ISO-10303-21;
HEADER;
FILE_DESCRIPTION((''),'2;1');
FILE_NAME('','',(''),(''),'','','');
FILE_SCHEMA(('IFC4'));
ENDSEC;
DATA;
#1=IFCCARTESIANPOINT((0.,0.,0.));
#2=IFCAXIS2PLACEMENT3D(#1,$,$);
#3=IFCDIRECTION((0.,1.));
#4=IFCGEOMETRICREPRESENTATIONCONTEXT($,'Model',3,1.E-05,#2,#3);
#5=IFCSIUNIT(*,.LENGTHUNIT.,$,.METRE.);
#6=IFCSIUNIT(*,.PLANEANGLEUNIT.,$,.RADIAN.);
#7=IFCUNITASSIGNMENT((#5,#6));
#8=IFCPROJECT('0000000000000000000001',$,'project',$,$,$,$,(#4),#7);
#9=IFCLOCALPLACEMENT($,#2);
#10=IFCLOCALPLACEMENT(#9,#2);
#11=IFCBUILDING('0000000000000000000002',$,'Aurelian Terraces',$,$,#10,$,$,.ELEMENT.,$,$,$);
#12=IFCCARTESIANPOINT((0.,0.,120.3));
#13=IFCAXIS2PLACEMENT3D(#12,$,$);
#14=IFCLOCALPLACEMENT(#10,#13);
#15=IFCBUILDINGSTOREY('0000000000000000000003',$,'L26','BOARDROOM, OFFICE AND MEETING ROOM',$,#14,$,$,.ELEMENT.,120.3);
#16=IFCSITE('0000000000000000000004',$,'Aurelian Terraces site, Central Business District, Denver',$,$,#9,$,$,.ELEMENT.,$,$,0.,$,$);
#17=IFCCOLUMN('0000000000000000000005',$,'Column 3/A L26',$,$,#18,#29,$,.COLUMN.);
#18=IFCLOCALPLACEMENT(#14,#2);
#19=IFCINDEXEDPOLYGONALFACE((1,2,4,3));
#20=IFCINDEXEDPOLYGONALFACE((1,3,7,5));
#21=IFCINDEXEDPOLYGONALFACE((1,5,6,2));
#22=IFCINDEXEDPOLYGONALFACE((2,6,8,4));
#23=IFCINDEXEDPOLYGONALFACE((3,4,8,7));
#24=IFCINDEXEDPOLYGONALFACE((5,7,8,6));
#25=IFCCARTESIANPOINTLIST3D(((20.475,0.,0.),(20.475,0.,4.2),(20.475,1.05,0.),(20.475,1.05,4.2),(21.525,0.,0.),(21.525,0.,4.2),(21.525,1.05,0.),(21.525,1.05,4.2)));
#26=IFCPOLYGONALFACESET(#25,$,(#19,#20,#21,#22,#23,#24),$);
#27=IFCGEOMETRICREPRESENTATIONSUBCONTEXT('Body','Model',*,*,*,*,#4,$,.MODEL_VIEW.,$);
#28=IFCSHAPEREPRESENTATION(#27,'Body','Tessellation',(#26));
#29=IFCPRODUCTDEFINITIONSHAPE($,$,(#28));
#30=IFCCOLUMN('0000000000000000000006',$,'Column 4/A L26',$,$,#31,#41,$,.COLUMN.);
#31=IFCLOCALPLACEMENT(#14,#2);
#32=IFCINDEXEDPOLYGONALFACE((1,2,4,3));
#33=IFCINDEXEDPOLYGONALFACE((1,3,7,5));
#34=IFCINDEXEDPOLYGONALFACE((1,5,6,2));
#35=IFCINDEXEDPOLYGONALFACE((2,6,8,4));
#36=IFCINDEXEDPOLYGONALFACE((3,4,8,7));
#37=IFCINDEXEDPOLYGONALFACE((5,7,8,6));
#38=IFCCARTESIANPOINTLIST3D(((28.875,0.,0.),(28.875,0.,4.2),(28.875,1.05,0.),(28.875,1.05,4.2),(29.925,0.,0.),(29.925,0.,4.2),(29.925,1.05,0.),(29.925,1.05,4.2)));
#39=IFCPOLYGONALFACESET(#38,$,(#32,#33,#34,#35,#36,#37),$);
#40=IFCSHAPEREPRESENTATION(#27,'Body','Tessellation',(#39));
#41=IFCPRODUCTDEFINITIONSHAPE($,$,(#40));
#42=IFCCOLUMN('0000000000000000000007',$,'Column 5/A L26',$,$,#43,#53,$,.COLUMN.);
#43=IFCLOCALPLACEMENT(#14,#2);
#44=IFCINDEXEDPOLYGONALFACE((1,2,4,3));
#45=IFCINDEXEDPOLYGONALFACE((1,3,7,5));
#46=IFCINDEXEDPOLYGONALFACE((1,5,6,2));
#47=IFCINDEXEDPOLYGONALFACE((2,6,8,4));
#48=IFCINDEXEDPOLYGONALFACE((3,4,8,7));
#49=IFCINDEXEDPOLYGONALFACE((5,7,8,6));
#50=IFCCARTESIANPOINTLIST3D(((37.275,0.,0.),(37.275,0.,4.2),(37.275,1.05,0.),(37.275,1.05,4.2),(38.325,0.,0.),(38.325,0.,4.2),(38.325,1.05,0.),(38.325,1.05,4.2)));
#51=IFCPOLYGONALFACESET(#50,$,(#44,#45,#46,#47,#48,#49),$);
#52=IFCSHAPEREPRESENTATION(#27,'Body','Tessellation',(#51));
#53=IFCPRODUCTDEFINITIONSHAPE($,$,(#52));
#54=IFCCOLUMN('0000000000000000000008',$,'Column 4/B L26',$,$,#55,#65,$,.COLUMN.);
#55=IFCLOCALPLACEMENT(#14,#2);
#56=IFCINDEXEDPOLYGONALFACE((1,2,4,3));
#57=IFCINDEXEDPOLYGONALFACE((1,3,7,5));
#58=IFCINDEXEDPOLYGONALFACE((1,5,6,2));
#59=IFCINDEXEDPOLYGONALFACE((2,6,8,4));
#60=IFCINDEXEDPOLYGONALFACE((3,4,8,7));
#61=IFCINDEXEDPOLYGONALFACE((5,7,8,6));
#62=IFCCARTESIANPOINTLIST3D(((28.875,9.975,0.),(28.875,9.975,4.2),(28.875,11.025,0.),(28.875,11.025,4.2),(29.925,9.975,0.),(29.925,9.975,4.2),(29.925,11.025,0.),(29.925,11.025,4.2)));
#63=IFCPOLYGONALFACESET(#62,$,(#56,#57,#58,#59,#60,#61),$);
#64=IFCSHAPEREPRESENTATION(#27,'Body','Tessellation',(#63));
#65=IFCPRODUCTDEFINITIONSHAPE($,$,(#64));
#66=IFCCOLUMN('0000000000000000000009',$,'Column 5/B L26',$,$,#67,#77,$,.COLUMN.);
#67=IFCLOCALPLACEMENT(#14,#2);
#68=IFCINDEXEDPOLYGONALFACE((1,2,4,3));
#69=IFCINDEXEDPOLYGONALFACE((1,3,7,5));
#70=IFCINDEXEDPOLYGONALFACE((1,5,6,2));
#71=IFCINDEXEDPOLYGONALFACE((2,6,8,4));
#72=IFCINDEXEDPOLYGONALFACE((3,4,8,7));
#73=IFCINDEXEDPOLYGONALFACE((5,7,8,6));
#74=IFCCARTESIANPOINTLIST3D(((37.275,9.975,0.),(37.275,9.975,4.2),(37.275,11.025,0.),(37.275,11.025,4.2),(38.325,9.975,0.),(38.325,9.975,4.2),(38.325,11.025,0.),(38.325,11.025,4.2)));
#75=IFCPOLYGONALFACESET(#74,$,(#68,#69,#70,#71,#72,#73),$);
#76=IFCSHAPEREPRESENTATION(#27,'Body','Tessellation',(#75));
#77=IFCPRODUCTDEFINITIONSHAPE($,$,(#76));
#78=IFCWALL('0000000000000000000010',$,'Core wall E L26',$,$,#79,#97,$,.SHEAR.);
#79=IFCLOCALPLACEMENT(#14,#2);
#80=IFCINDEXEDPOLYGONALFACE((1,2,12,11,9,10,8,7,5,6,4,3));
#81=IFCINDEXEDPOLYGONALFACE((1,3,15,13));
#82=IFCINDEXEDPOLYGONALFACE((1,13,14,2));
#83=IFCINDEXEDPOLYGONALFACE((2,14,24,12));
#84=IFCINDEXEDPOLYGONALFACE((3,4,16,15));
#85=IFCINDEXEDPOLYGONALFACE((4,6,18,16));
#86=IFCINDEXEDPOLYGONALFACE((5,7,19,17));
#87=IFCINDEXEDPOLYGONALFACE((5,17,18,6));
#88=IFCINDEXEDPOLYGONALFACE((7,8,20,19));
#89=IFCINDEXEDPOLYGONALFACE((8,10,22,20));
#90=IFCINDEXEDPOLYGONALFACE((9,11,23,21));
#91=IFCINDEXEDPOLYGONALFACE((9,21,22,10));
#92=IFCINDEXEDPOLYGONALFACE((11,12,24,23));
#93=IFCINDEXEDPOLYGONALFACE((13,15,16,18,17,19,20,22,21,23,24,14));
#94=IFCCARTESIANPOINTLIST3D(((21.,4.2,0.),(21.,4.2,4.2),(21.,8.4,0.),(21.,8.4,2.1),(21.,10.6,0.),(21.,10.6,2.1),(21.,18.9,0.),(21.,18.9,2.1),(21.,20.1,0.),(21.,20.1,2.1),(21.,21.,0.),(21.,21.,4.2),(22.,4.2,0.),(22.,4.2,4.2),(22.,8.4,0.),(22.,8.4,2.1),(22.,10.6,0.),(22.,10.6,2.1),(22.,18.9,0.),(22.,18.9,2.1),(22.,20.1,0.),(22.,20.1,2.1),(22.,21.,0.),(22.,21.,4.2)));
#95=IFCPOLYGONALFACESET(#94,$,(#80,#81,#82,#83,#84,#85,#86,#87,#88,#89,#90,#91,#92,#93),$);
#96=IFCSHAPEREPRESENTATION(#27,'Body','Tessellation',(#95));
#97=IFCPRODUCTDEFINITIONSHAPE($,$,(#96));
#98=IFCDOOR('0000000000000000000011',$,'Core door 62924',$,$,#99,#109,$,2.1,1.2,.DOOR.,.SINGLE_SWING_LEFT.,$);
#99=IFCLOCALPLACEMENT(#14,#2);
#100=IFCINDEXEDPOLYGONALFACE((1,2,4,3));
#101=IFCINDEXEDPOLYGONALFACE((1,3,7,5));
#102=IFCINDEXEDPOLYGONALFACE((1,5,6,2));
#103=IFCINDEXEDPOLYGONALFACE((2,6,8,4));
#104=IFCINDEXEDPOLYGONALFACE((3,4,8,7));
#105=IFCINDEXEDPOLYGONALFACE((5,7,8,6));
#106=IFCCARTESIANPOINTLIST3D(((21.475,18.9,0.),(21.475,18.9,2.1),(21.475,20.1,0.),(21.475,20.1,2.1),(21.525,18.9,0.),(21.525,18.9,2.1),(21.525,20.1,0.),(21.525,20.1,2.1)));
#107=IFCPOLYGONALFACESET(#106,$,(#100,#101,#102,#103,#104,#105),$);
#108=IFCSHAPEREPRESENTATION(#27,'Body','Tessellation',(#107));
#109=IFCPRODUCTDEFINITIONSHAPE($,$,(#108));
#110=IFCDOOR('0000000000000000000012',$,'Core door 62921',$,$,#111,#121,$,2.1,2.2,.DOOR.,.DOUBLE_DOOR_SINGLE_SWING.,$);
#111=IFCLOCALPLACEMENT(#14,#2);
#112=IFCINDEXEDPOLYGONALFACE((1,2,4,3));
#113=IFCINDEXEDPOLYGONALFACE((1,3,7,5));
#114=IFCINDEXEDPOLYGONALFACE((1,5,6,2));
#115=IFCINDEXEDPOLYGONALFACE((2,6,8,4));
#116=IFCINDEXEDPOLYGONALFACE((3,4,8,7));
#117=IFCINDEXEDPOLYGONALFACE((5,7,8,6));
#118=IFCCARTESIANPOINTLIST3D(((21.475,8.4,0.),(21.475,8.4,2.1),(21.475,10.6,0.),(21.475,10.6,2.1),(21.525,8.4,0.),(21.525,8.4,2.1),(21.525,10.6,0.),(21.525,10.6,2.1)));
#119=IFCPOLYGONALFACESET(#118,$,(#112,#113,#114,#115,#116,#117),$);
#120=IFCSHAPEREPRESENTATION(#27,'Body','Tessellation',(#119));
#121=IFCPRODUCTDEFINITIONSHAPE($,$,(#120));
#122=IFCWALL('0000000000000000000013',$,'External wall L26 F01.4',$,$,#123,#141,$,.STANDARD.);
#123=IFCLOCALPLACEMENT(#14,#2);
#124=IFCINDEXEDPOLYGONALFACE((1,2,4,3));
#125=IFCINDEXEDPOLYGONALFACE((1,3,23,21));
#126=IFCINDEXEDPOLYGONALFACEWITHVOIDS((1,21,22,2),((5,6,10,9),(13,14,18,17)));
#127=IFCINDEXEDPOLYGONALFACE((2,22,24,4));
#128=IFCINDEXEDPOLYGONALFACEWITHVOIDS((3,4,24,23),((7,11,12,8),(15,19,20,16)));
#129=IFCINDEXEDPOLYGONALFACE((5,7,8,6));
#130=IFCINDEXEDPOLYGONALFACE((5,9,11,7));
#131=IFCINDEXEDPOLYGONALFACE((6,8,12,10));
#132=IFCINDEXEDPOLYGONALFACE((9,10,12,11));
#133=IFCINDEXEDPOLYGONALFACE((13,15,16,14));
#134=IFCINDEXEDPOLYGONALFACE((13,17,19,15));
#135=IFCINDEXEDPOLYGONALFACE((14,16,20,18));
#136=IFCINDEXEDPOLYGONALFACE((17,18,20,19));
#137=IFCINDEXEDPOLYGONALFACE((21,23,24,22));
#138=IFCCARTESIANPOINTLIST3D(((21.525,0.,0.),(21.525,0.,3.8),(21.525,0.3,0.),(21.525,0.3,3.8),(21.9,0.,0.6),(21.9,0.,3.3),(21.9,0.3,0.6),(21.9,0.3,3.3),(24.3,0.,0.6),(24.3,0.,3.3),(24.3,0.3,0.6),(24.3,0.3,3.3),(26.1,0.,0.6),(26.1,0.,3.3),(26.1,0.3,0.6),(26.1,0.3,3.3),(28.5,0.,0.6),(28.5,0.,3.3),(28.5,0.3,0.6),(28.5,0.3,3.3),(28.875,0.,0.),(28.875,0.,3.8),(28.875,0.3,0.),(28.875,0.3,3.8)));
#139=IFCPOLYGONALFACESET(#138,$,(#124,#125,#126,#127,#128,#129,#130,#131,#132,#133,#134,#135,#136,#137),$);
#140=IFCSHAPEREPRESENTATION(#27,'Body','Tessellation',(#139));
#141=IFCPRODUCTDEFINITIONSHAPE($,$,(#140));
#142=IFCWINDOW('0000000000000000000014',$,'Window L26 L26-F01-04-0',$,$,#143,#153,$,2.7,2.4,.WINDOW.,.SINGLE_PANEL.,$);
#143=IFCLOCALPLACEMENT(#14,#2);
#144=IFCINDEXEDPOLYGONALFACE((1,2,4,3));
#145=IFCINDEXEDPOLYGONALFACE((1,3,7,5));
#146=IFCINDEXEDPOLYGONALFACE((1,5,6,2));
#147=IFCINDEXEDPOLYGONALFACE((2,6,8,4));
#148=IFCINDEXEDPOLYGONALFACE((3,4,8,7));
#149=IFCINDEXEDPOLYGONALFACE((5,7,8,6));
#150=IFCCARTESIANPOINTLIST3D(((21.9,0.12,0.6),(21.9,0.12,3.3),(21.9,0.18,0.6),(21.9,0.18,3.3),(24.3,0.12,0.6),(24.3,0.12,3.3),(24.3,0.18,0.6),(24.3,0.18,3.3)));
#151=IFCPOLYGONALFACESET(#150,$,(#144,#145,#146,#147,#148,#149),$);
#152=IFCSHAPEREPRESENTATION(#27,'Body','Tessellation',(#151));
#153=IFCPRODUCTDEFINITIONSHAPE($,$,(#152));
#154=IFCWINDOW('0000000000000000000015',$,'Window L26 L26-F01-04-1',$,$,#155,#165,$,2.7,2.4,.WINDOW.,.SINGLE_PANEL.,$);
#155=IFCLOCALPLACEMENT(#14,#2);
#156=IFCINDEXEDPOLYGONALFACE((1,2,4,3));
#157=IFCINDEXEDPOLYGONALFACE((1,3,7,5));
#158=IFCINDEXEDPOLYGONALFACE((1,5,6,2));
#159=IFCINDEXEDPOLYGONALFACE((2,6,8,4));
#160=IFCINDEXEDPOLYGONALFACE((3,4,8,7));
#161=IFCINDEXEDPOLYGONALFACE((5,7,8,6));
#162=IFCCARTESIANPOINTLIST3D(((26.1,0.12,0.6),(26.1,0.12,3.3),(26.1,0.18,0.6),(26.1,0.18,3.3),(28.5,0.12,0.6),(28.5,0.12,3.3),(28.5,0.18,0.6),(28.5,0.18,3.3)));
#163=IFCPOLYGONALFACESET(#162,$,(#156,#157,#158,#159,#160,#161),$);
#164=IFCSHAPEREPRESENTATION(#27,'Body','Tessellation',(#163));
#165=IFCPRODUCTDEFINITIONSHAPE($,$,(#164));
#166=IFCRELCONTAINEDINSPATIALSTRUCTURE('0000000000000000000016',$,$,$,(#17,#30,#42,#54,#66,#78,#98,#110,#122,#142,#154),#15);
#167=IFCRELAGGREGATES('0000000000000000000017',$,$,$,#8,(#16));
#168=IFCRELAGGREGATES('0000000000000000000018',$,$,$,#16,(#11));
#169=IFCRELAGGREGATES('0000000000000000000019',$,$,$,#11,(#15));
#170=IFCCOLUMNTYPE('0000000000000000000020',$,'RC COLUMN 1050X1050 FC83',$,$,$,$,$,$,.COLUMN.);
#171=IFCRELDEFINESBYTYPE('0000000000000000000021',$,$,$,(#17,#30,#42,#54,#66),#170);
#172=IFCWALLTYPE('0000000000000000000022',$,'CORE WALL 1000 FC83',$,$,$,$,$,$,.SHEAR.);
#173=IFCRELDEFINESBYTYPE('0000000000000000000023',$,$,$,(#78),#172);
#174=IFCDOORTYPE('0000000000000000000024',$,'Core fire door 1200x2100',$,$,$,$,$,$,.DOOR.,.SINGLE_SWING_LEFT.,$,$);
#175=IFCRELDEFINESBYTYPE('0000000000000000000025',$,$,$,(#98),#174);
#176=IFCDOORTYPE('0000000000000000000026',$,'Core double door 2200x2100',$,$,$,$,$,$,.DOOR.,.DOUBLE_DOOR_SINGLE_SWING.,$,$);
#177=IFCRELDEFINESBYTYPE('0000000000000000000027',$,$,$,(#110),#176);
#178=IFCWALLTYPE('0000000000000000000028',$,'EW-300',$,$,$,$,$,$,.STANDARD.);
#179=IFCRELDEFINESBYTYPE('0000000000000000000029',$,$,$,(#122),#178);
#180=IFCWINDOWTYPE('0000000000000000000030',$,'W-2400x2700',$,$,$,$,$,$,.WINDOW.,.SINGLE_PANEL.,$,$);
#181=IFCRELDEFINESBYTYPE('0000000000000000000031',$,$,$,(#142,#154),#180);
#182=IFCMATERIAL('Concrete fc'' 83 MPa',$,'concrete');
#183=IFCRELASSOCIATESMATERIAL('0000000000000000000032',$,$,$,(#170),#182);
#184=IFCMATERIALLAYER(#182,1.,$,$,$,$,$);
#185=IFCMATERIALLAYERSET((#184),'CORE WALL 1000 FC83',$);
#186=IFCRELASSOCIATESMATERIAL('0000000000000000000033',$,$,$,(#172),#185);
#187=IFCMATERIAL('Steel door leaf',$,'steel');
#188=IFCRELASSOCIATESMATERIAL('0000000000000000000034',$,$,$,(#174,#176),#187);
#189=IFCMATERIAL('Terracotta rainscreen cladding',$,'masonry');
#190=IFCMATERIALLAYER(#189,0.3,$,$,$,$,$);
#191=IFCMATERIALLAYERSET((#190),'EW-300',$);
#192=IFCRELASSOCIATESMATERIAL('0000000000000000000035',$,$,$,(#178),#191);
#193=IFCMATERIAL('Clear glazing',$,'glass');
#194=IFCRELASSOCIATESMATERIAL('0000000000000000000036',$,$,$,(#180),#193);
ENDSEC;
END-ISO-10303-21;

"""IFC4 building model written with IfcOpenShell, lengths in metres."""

from ifc_helpers import new_model, si_unit, direction, frame, frame_2d, origin, origin_2d, place, context, subcontext, project, spatial, rectangle, extrude, source, transform, mapped, material, layer, layer_set, material_profile, profile_set, type_object, element, fill, save


model = new_model("IFC4")

# Units and contexts
model_context = context("Model", 3, precision=1e-05, world=origin(), true_north=direction((0.0, 1.0)))
body_context = subcontext(model_context, "Body", "Model", "MODEL_VIEW")
ifc_project = project(units=[si_unit("LENGTHUNIT", "METRE"), si_unit("PLANEANGLEUNIT", "RADIAN")], contexts=[model_context])

# Site, building, storey
site_placement = place(None, origin())
site = spatial("IfcSite", under=ifc_project, at=site_placement, Name="Aurelian Terraces site, Central Business District, Denver", CompositionType="ELEMENT", RefElevation=0.0)
building_placement = place(site_placement, origin())
building = spatial("IfcBuilding", under=site, at=building_placement, Name="Aurelian Terraces", CompositionType="ELEMENT")
storey_placement = place(building_placement, frame((0.0, 0.0, 120.3)))
storey = spatial("IfcBuildingStorey", under=building, at=storey_placement, Name="L26", Description="BOARDROOM, OFFICE AND MEETING ROOM", CompositionType="ELEMENT", Elevation=120.3)

# Columns
ifc_material_1 = material(Name="Concrete fc' 83 MPa", Category="concrete")
ifc_material_profile = material_profile(ifc_material_1, rectangle(XDim=1.05, YDim=1.05, at=origin_2d()))
ifc_profile_set = profile_set([ifc_material_profile], Name="Concrete fc' 83 MPa")
column_type = type_object("IfcColumnType", Name="RC COLUMN 1050X1050 FC83", PredefinedType="COLUMN", material=ifc_profile_set)
shared_shape_1 = source(origin(), body_context, "Body", "SweptSolid", [
    extrude(rectangle(XDim=1.05, YDim=1.05, at=origin_2d()), origin(), (0.0, 0.0, 1.0), 4.2),
])
for number, where, z_axis, x_axis, name in (
    (1, (21.0, 0.525, 0.0), (0.0, 0.0, 1.0), (1.0, 0.0, 0.0), "Column 3/A L26"),
    (2, (29.4, 0.525, 0.0), (0.0, 0.0, 1.0), (1.0, 0.0, 0.0), "Column 4/A L26"),
    (3, (37.8, 0.525, 0.0), (0.0, 0.0, 1.0), (1.0, 0.0, 0.0), "Column 5/A L26"),
    (4, (29.4, 10.5, 0.0), (0.0, 0.0, 1.0), (1.0, 0.0, 0.0), "Column 4/B L26"),
    (5, (37.8, 10.5, 0.0), (0.0, 0.0, 1.0), (1.0, 0.0, 0.0), "Column 5/B L26"),
):
    element("IfcColumn", number, at=place(storey_placement, frame(where, z_axis=z_axis, x_axis=x_axis)), inside=storey, type_object=column_type, Name=name, PredefinedType="COLUMN", context=body_context, shape_type="MappedRepresentation", body=[
        mapped(shared_shape_1, transform((0.0, 0.0, 0.0), scale=1.0)),
    ])

# Wall, openings, doors
ifc_layer_1 = layer(ifc_material_1, 1.0)
ifc_layer_set_1 = layer_set([ifc_layer_1], Name="CORE WALL 1000 FC83")
wall_type_1 = type_object("IfcWallType", Name="CORE WALL 1000 FC83", PredefinedType="SHEAR", material=ifc_layer_set_1)
shared_shape_2 = source(origin(), body_context, "Body", "SweptSolid", [
    extrude(rectangle(XDim=16.8, YDim=1.0, at=frame_2d((8.4, 0.0))), origin(), (0.0, 0.0, 1.0), 4.2),
])
wall_1_placement = place(storey_placement, frame((21.5, 4.2, 0.0), z_axis=(0.0, 0.0, 1.0), x_axis=(0.0, 1.0, 0.0)))
wall_1 = element("IfcWall", 6, at=wall_1_placement, inside=storey, type_object=wall_type_1, Name="Core wall E L26", PredefinedType="SHEAR", context=body_context, shape_type="MappedRepresentation", body=[
    mapped(shared_shape_2, transform((0.0, 0.0, 0.0), scale=1.0)),
])
shared_shape_3 = source(origin(), body_context, "Body", "SweptSolid", [
    extrude(rectangle(XDim=2.2, YDim=2.1, at=frame_2d((1.1, 1.05))), frame((0.0, 0.51, 0.0), z_axis=(0.0, -1.0, 0.0), x_axis=(1.0, 0.0, 0.0)), (0.0, 0.0, 1.0), 1.02),
])
opening_1_placement = place(wall_1_placement, frame((4.2, 0.0, 0.0)))
opening_1 = element("IfcOpeningElement", 7, at=opening_1_placement, cuts=wall_1, PredefinedType="OPENING", context=body_context, shape_type="MappedRepresentation", body=[
    mapped(shared_shape_3, transform((0.0, 0.0, 0.0), scale=1.0)),
])
shared_shape_4 = source(origin(), body_context, "Body", "SweptSolid", [
    extrude(rectangle(XDim=1.2, YDim=2.1, at=frame_2d((0.6, 1.05))), frame((0.0, 0.51, 0.0), z_axis=(0.0, -1.0, 0.0), x_axis=(1.0, 0.0, 0.0)), (0.0, 0.0, 1.0), 1.02),
])
opening_2_placement = place(wall_1_placement, frame((14.7, 0.0, 0.0)))
opening_2 = element("IfcOpeningElement", 8, at=opening_2_placement, cuts=wall_1, PredefinedType="OPENING", context=body_context, shape_type="MappedRepresentation", body=[
    mapped(shared_shape_4, transform((0.0, 0.0, 0.0), scale=1.0)),
])
ifc_material_2 = material(Name="Steel door leaf", Category="steel")
door_type_1 = type_object("IfcDoorType", Name="Core fire door 1200x2100", OperationType="SINGLE_SWING_LEFT", PredefinedType="DOOR", material=ifc_material_2)
shared_shape_5 = source(origin(), body_context, "Body", "SweptSolid", [
    extrude(rectangle(XDim=1.2, YDim=2.1, at=frame_2d((0.6, 1.05))), frame((0.0, 0.025, 0.0), z_axis=(0.0, -1.0, 0.0), x_axis=(1.0, 0.0, 0.0)), (0.0, 0.0, 1.0), 0.05),
])
door_1_placement = place(opening_2_placement, origin())
door_1 = element("IfcDoor", 9, at=door_1_placement, inside=storey, type_object=door_type_1, Name="Core door 62924", OperationType="SINGLE_SWING_LEFT", OverallHeight=2.1, OverallWidth=1.2, PredefinedType="DOOR", context=body_context, shape_type="MappedRepresentation", body=[
    mapped(shared_shape_5, transform((0.0, 0.0, 0.0), scale=1.0)),
])
fill(opening_2, door_1)
door_type_2 = type_object("IfcDoorType", Name="Core double door 2200x2100", OperationType="DOUBLE_DOOR_SINGLE_SWING", PredefinedType="DOOR", material=ifc_material_2)
shared_shape_6 = source(origin(), body_context, "Body", "SweptSolid", [
    extrude(rectangle(XDim=2.2, YDim=2.1, at=frame_2d((1.1, 1.05))), frame((0.0, 0.025, 0.0), z_axis=(0.0, -1.0, 0.0), x_axis=(1.0, 0.0, 0.0)), (0.0, 0.0, 1.0), 0.05),
])
door_2_placement = place(opening_1_placement, origin())
door_2 = element("IfcDoor", 10, at=door_2_placement, inside=storey, type_object=door_type_2, Name="Core door 62921", OperationType="DOUBLE_DOOR_SINGLE_SWING", OverallHeight=2.1, OverallWidth=2.2, PredefinedType="DOOR", context=body_context, shape_type="MappedRepresentation", body=[
    mapped(shared_shape_6, transform((0.0, 0.0, 0.0), scale=1.0)),
])
fill(opening_1, door_2)

# Wall, openings, windows
ifc_material_3 = material(Name="Terracotta rainscreen cladding", Category="masonry")
ifc_layer_2 = layer(ifc_material_3, 0.3)
ifc_layer_set_2 = layer_set([ifc_layer_2], Name="EW-300")
wall_type_2 = type_object("IfcWallType", Name="EW-300", PredefinedType="STANDARD", material=ifc_layer_set_2)
shared_shape_7 = source(origin(), body_context, "Body", "SweptSolid", [
    extrude(rectangle(XDim=7.35, YDim=0.3, at=frame_2d((3.675, 0.0))), origin(), (0.0, 0.0, 1.0), 3.8),
])
wall_2_placement = place(storey_placement, frame((21.525, 0.15, 0.0), z_axis=(0.0, 0.0, 1.0), x_axis=(1.0, 0.0, 0.0)))
wall_2 = element("IfcWall", 11, at=wall_2_placement, inside=storey, type_object=wall_type_2, Name="External wall L26 F01.4", PredefinedType="STANDARD", context=body_context, shape_type="MappedRepresentation", body=[
    mapped(shared_shape_7, transform((0.0, 0.0, 0.0), scale=1.0)),
])
shared_shape_8 = source(origin(), body_context, "Body", "SweptSolid", [
    extrude(rectangle(XDim=2.4, YDim=2.7, at=frame_2d((1.2, 1.35))), frame((0.0, 0.16, 0.0), z_axis=(0.0, -1.0, 0.0), x_axis=(1.0, 0.0, 0.0)), (0.0, 0.0, 1.0), 0.32),
])
opening_3_placement = place(wall_2_placement, frame((0.375, 0.0, 0.6)))
opening_3 = element("IfcOpeningElement", 12, at=opening_3_placement, cuts=wall_2, PredefinedType="OPENING", context=body_context, shape_type="MappedRepresentation", body=[
    mapped(shared_shape_8, transform((0.0, 0.0, 0.0), scale=1.0)),
])
opening_4_placement = place(wall_2_placement, frame((4.575, 0.0, 0.6)))
opening_4 = element("IfcOpeningElement", 13, at=opening_4_placement, cuts=wall_2, PredefinedType="OPENING", context=body_context, shape_type="MappedRepresentation", body=[
    mapped(shared_shape_8, transform((0.0, 0.0, 0.0), scale=1.0)),
])
ifc_material_4 = material(Name="Clear glazing", Category="glass")
window_type = type_object("IfcWindowType", Name="W-2400x2700", PartitioningType="SINGLE_PANEL", PredefinedType="WINDOW", material=ifc_material_4)
shared_shape_9 = source(origin(), body_context, "Body", "SweptSolid", [
    extrude(rectangle(XDim=2.4, YDim=2.7, at=frame_2d((1.2, 1.35))), frame((0.0, 0.03, 0.0), z_axis=(0.0, -1.0, 0.0), x_axis=(1.0, 0.0, 0.0)), (0.0, 0.0, 1.0), 0.06),
])
window_1_placement = place(opening_3_placement, origin())
window_1 = element("IfcWindow", 14, at=window_1_placement, inside=storey, type_object=window_type, Name="Window L26 L26-F01-04-0", OverallHeight=2.7, OverallWidth=2.4, PartitioningType="SINGLE_PANEL", PredefinedType="WINDOW", context=body_context, shape_type="MappedRepresentation", body=[
    mapped(shared_shape_9, transform((0.0, 0.0, 0.0), scale=1.0)),
])
fill(opening_3, window_1)
window_2_placement = place(opening_4_placement, origin())
window_2 = element("IfcWindow", 15, at=window_2_placement, inside=storey, type_object=window_type, Name="Window L26 L26-F01-04-1", OverallHeight=2.7, OverallWidth=2.4, PartitioningType="SINGLE_PANEL", PredefinedType="WINDOW", context=body_context, shape_type="MappedRepresentation", body=[
    mapped(shared_shape_9, transform((0.0, 0.0, 0.0), scale=1.0)),
])
fill(opening_4, window_2)

save(model, "model.ifc")
